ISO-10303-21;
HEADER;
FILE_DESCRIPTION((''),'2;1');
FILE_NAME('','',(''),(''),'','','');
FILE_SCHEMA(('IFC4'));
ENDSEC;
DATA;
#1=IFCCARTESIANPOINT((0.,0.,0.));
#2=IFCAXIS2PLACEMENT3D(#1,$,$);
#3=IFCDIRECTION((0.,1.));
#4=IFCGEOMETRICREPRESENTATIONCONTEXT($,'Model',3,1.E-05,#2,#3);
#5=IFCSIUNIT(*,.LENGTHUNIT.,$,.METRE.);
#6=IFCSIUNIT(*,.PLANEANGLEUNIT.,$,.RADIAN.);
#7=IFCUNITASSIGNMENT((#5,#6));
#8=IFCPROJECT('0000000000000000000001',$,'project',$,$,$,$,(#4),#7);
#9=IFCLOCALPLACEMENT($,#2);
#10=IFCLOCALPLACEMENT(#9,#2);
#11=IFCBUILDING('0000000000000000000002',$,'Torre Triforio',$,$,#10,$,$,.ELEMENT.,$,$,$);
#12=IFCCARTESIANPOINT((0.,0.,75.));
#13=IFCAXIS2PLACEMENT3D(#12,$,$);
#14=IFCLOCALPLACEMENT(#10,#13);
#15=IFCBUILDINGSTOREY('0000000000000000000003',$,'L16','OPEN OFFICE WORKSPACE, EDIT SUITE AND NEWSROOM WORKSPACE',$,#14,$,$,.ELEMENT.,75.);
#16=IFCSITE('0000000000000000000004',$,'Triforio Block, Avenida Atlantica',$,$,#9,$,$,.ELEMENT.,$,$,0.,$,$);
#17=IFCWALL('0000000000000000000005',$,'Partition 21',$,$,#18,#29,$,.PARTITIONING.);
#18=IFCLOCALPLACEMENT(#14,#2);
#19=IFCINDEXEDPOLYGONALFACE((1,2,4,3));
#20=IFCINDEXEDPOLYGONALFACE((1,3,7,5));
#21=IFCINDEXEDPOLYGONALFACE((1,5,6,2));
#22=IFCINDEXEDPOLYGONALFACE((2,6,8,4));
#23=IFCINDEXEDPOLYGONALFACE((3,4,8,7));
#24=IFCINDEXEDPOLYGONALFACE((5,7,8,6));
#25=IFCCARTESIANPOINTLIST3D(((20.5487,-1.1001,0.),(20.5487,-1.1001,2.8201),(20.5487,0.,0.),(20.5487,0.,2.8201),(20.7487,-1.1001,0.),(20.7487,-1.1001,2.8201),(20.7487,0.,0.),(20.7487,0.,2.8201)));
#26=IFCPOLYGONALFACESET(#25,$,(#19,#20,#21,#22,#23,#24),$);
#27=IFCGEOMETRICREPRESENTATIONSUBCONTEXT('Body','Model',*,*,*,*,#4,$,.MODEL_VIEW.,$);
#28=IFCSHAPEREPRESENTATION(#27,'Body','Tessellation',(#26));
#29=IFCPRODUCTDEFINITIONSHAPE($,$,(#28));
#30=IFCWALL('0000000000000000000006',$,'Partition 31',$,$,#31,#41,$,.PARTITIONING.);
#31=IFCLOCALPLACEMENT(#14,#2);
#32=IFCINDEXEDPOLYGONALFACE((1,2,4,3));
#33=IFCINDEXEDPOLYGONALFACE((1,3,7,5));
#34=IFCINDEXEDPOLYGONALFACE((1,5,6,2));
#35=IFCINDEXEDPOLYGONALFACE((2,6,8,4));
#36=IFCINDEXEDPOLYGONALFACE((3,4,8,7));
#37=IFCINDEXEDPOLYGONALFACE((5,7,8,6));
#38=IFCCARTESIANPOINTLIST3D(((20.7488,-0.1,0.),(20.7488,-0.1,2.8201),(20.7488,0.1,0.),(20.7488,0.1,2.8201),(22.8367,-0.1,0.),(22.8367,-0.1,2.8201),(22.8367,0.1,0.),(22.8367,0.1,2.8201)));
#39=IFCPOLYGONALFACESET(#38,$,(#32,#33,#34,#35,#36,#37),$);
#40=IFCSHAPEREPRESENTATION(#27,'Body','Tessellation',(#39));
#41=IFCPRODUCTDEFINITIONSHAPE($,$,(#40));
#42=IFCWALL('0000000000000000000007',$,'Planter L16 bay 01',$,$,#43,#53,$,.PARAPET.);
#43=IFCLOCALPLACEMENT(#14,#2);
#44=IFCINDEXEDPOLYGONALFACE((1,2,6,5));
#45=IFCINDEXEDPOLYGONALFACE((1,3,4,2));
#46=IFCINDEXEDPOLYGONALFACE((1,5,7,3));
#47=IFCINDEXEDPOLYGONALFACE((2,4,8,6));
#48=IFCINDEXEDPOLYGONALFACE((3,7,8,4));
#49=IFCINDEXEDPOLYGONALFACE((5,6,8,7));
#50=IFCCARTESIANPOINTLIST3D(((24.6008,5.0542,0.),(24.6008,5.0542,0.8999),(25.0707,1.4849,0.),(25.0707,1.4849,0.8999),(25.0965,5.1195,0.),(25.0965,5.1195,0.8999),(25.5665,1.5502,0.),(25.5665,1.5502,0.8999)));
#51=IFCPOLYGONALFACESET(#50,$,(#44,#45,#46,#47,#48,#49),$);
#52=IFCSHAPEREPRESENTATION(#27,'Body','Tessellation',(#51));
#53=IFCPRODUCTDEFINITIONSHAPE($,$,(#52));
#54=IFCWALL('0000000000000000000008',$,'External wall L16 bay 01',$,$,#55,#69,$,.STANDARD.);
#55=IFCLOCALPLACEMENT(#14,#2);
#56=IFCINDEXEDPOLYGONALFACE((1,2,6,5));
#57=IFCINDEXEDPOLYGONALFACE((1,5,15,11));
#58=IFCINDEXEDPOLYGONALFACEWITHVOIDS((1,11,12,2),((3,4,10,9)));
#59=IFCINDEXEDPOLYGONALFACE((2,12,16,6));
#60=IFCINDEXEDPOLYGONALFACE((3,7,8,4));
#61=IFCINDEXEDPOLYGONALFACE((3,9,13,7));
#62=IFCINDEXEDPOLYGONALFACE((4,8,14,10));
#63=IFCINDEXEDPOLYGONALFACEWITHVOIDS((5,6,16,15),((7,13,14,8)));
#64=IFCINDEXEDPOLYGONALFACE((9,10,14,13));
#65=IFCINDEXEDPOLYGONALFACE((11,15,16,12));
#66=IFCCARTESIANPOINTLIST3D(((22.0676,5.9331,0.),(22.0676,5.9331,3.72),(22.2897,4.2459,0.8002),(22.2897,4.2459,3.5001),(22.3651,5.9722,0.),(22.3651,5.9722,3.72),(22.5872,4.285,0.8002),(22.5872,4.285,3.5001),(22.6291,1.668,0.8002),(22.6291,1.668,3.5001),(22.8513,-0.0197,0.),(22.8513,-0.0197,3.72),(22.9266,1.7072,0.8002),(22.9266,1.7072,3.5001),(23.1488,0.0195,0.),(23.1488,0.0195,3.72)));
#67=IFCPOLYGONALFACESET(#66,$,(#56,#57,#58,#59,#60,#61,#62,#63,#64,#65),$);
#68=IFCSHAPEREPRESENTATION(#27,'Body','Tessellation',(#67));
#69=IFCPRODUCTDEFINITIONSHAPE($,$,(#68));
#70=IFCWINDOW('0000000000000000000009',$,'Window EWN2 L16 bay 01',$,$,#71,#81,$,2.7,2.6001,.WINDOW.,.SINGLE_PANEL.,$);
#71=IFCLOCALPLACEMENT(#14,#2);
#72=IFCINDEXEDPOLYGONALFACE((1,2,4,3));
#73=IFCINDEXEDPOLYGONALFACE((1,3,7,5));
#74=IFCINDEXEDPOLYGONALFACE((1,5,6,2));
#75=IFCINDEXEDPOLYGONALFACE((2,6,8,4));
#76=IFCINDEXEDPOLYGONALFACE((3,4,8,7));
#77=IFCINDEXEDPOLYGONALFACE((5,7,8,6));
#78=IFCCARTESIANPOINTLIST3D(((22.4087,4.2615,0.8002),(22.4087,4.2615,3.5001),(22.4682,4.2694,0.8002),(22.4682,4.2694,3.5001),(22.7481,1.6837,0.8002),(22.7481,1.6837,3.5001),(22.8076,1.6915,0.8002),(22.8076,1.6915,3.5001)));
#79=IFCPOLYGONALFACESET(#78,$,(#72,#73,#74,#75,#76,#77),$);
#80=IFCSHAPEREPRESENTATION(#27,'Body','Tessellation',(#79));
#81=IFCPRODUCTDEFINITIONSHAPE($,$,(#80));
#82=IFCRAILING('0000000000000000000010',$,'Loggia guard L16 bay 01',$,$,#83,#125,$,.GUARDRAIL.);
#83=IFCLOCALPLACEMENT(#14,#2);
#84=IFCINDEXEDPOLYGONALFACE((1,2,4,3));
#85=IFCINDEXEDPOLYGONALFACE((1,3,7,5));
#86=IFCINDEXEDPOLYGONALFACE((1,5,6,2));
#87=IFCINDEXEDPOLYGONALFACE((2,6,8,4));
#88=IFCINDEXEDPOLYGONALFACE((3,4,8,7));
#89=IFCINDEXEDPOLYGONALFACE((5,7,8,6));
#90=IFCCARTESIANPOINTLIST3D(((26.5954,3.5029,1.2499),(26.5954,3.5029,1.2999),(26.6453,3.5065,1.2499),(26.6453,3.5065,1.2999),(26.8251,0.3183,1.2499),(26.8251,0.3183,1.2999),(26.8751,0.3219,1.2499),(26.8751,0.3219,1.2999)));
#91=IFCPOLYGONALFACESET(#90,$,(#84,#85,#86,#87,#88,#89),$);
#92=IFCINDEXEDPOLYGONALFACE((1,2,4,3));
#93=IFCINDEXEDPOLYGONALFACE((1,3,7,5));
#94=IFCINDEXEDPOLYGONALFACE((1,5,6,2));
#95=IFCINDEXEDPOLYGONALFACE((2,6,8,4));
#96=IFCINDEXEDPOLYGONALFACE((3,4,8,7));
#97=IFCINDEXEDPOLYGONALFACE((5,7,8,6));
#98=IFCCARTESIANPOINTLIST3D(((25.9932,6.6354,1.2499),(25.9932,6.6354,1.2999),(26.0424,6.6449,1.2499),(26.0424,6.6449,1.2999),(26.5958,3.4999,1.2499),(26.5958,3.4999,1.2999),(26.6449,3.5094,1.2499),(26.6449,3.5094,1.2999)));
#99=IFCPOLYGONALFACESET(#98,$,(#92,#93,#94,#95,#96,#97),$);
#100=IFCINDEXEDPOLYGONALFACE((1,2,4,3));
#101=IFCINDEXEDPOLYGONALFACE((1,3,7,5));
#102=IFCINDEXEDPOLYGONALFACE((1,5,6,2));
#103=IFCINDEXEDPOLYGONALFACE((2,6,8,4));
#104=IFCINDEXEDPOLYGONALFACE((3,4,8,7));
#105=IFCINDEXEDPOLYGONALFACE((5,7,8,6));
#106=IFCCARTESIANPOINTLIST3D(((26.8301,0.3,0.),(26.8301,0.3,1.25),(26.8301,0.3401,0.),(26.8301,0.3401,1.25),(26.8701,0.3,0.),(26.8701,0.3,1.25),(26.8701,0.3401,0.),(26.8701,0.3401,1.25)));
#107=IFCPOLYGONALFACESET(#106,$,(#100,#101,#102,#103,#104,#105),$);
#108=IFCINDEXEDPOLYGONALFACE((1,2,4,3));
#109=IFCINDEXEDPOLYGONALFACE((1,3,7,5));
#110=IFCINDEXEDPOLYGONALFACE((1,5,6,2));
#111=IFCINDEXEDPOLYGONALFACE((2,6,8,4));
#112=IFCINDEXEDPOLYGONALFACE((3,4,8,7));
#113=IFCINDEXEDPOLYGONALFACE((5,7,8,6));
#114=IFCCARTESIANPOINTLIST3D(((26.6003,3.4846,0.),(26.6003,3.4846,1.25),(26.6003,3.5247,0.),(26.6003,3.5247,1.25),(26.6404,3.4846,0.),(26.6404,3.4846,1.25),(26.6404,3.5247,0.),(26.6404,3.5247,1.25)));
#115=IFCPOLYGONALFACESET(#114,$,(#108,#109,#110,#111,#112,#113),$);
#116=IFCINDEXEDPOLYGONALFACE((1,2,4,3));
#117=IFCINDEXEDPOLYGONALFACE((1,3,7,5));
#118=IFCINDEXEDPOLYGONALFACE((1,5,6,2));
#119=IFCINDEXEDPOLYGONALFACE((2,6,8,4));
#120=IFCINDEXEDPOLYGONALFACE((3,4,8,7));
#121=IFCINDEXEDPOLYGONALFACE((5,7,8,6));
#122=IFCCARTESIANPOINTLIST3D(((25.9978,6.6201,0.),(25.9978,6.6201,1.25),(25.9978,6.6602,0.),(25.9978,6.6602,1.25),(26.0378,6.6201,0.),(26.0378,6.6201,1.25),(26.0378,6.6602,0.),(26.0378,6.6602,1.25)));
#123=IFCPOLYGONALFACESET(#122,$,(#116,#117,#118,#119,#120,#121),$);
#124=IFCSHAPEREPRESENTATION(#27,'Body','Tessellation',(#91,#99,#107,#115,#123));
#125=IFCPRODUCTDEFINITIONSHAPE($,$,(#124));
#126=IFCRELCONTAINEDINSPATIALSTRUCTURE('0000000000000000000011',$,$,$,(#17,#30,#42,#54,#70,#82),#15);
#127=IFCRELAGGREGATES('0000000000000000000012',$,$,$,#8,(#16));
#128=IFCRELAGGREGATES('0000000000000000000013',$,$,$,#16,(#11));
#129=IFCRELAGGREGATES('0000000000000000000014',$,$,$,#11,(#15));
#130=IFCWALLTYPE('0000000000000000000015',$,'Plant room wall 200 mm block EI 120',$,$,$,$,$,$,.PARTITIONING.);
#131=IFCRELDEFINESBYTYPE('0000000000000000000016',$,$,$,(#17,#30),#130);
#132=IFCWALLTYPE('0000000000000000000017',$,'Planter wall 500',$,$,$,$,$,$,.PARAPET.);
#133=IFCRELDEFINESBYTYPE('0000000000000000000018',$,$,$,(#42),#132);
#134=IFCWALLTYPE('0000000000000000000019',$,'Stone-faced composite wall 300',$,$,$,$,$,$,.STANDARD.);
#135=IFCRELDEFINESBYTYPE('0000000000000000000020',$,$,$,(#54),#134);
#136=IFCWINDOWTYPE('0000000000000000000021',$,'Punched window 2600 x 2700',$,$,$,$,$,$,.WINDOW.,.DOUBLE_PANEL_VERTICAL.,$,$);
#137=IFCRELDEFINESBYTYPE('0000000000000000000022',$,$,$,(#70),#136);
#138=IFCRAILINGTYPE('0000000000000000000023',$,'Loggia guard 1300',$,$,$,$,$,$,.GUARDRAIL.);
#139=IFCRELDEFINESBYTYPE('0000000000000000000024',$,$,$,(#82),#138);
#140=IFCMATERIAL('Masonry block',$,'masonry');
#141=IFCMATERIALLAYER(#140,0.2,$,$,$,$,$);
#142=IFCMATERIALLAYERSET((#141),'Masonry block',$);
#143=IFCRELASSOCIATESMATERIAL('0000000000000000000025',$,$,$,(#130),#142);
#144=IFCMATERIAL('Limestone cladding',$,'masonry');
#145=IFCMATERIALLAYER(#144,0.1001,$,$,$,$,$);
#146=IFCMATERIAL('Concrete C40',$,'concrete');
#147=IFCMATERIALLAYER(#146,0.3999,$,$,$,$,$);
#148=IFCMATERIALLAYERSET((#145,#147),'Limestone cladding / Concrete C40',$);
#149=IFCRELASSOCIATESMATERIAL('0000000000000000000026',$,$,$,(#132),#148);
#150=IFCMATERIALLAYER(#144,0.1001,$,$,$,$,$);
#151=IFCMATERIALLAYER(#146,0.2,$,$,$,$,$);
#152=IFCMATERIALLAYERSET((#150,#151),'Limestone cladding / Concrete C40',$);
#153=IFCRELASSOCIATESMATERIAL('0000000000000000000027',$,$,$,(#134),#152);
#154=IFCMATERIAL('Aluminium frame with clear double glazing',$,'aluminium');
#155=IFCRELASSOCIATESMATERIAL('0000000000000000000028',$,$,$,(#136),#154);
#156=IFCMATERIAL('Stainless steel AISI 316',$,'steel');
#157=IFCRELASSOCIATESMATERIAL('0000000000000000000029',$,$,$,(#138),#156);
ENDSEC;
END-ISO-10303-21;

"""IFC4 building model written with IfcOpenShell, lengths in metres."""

from ifc_helpers import new_model, si_unit, direction, frame, frame_2d, origin, origin_2d, place, context, subcontext, project, spatial, rectangle, extrude, material, layer, layer_set, type_object, element, fill, save


model = new_model("IFC4")

# Units and contexts
model_context = context("Model", 3, precision=1e-05, world=origin(), true_north=direction((0.0, 1.0)))
body_context = subcontext(model_context, "Body", "Model", "MODEL_VIEW")
ifc_project = project(units=[si_unit("LENGTHUNIT", "METRE"), si_unit("PLANEANGLEUNIT", "RADIAN")], contexts=[model_context])

# Site, building, storey
site_placement = place(None, origin())
site = spatial("IfcSite", under=ifc_project, at=site_placement, Name="Triforio Block, Avenida Atlantica", CompositionType="ELEMENT", RefElevation=0.0)
building_placement = place(site_placement, origin())
building = spatial("IfcBuilding", under=site, at=building_placement, Name="Torre Triforio", CompositionType="ELEMENT")
storey_placement = place(building_placement, frame((0.0, 0.0, 75.0)))
storey = spatial("IfcBuildingStorey", under=building, at=storey_placement, Name="L16", Description="OPEN OFFICE WORKSPACE, EDIT SUITE AND NEWSROOM WORKSPACE", CompositionType="ELEMENT", Elevation=75.0)

# Walls
ifc_material_1 = material(Name="Masonry block", Category="masonry")
ifc_layer_1 = layer(ifc_material_1, 0.2)
ifc_layer_set_1 = layer_set([ifc_layer_1], Name="Masonry block")
wall_type_1 = type_object("IfcWallType", Name="Plant room wall 200 mm block EI 120", PredefinedType="PARTITIONING", material=ifc_layer_set_1)
wall_1_placement = place(storey_placement, frame((20.6487, 0.0, 0.0), z_axis=(0.0, 0.0, 1.0), x_axis=(0.0, -1.0, 0.0)))
element("IfcWall", 1, at=wall_1_placement, inside=storey, type_object=wall_type_1, Name="Partition 21", PredefinedType="PARTITIONING", context=body_context, shape_type="SweptSolid", body=[
    extrude(rectangle(XDim=1.1001, YDim=0.2, at=frame_2d((0.55, 0.0))), origin(), (0.0, 0.0, 1.0), 2.8201),
])
wall_2_placement = place(storey_placement, frame((20.7488, 0.0, 0.0), z_axis=(0.0, 0.0, 1.0), x_axis=(1.0, 0.0, 0.0)))
element("IfcWall", 2, at=wall_2_placement, inside=storey, type_object=wall_type_1, Name="Partition 31", PredefinedType="PARTITIONING", context=body_context, shape_type="SweptSolid", body=[
    extrude(rectangle(XDim=2.0879, YDim=0.2, at=frame_2d((1.0439, 0.0))), origin(), (0.0, 0.0, 1.0), 2.8201),
])
ifc_material_2 = material(Name="Limestone cladding", Category="masonry")
ifc_layer_2 = layer(ifc_material_2, 0.1001)
ifc_material_3 = material(Name="Concrete C40", Category="concrete")
ifc_layer_3 = layer(ifc_material_3, 0.3999)
ifc_layer_set_2 = layer_set([ifc_layer_2, ifc_layer_3], Name="Limestone cladding / Concrete C40")
wall_type_2 = type_object("IfcWallType", Name="Planter wall 500", PredefinedType="PARAPET", material=ifc_layer_set_2)
wall_3_placement = place(storey_placement, frame((25.3186, 1.5176, 0.0), z_axis=(0.0, 0.0, 1.0), x_axis=(-0.130542, 0.991443, 0.0)))
element("IfcWall", 3, at=wall_3_placement, inside=storey, type_object=wall_type_2, Name="Planter L16 bay 01", PredefinedType="PARAPET", context=body_context, shape_type="SweptSolid", body=[
    extrude(rectangle(XDim=3.6001, YDim=0.5, at=frame_2d((1.8, 0.0))), origin(), (0.0, 0.0, 1.0), 0.8999),
])

# Wall, opening, window
ifc_layer_4 = layer(ifc_material_2, 0.1001)
ifc_layer_5 = layer(ifc_material_3, 0.2)
ifc_layer_set_3 = layer_set([ifc_layer_4, ifc_layer_5], Name="Limestone cladding / Concrete C40")
wall_type_3 = type_object("IfcWallType", Name="Stone-faced composite wall 300", PredefinedType="STANDARD", material=ifc_layer_set_3)
wall_4_placement = place(storey_placement, frame((23.0, 0.0, 0.0), z_axis=(0.0, 0.0, 1.0), x_axis=(-0.130523, 0.991445, 0.0)))
wall_4 = element("IfcWall", 4, at=wall_4_placement, inside=storey, type_object=wall_type_3, Name="External wall L16 bay 01", PredefinedType="STANDARD", context=body_context, shape_type="SweptSolid", body=[
    extrude(rectangle(XDim=6.0042, YDim=0.3, at=frame_2d((3.002, 0.0))), origin(), (0.0, 0.0, 1.0), 3.72),
])
opening_1_placement = place(wall_4_placement, frame((1.7021, 0.0, 0.8)))
opening_1 = element("IfcOpeningElement", 5, at=opening_1_placement, cuts=wall_4, PredefinedType="OPENING", context=body_context, shape_type="SweptSolid", body=[
    extrude(rectangle(XDim=2.6001, YDim=2.7, at=frame_2d((1.3, 1.3501))), frame((0.0, 0.1599, 0.0), z_axis=(0.0, -1.0, 0.0), x_axis=(1.0, 0.0, 0.0)), (0.0, 0.0, 1.0), 0.3201),
])
ifc_material_4 = material(Name="Aluminium frame with clear double glazing", Category="aluminium")
window_type_1 = type_object("IfcWindowType", Name="Punched window 2600 x 2700", PartitioningType="DOUBLE_PANEL_VERTICAL", PredefinedType="WINDOW", material=ifc_material_4)
window_1_placement = place(opening_1_placement, origin())
window_1 = element("IfcWindow", 6, at=window_1_placement, inside=storey, type_object=window_type_1, Name="Window EWN2 L16 bay 01", OverallHeight=2.7, OverallWidth=2.6001, PartitioningType="SINGLE_PANEL", PredefinedType="WINDOW", context=body_context, shape_type="SweptSolid", body=[
    extrude(rectangle(XDim=2.6001, YDim=2.7, at=frame_2d((1.3, 1.3501))), frame((0.0, 0.03, 0.0), z_axis=(0.0, -1.0, 0.0), x_axis=(1.0, 0.0, 0.0)), (0.0, 0.0, 1.0), 0.0601),
])
fill(opening_1, window_1)

# Railing
ifc_material_5 = material(Name="Stainless steel AISI 316", Category="steel")
railing_type = type_object("IfcRailingType", Name="Loggia guard 1300", PredefinedType="GUARDRAIL", material=ifc_material_5)
railing_placement = place(storey_placement, frame((26.8501, 0.3201, 0.0)))
element("IfcRailing", 7, at=railing_placement, inside=storey, type_object=railing_type, Name="Loggia guard L16 bay 01", PredefinedType="GUARDRAIL", context=body_context, shape_type="SweptSolid", body=[
    extrude(rectangle(XDim=0.05, YDim=0.05, at=origin_2d()), frame((0.0, 0.0, 1.2749), z_axis=(-0.071953, 0.997408, 0.0), x_axis=(-0.997408, -0.071953, 0.0)), (0.0, 0.0, 1.0), 3.1929),
    extrude(rectangle(XDim=0.05, YDim=0.05, at=origin_2d()), frame((-0.2297, 3.1846, 1.2749), z_axis=(-0.188714, 0.982032, 0.0), x_axis=(-0.982032, -0.188714, 0.0)), (0.0, 0.0, 1.0), 3.1929),
    extrude(rectangle(XDim=0.04, YDim=0.04, at=origin_2d()), origin(), (0.0, 0.0, 1.0), 1.25),
    extrude(rectangle(XDim=0.04, YDim=0.04, at=origin_2d()), frame((-0.2297, 3.1846, 0.0)), (0.0, 0.0, 1.0), 1.25),
    extrude(rectangle(XDim=0.04, YDim=0.04, at=origin_2d()), frame((-0.8323, 6.3201, 0.0)), (0.0, 0.0, 1.0), 1.25),
])

save(model, "model.ifc")
